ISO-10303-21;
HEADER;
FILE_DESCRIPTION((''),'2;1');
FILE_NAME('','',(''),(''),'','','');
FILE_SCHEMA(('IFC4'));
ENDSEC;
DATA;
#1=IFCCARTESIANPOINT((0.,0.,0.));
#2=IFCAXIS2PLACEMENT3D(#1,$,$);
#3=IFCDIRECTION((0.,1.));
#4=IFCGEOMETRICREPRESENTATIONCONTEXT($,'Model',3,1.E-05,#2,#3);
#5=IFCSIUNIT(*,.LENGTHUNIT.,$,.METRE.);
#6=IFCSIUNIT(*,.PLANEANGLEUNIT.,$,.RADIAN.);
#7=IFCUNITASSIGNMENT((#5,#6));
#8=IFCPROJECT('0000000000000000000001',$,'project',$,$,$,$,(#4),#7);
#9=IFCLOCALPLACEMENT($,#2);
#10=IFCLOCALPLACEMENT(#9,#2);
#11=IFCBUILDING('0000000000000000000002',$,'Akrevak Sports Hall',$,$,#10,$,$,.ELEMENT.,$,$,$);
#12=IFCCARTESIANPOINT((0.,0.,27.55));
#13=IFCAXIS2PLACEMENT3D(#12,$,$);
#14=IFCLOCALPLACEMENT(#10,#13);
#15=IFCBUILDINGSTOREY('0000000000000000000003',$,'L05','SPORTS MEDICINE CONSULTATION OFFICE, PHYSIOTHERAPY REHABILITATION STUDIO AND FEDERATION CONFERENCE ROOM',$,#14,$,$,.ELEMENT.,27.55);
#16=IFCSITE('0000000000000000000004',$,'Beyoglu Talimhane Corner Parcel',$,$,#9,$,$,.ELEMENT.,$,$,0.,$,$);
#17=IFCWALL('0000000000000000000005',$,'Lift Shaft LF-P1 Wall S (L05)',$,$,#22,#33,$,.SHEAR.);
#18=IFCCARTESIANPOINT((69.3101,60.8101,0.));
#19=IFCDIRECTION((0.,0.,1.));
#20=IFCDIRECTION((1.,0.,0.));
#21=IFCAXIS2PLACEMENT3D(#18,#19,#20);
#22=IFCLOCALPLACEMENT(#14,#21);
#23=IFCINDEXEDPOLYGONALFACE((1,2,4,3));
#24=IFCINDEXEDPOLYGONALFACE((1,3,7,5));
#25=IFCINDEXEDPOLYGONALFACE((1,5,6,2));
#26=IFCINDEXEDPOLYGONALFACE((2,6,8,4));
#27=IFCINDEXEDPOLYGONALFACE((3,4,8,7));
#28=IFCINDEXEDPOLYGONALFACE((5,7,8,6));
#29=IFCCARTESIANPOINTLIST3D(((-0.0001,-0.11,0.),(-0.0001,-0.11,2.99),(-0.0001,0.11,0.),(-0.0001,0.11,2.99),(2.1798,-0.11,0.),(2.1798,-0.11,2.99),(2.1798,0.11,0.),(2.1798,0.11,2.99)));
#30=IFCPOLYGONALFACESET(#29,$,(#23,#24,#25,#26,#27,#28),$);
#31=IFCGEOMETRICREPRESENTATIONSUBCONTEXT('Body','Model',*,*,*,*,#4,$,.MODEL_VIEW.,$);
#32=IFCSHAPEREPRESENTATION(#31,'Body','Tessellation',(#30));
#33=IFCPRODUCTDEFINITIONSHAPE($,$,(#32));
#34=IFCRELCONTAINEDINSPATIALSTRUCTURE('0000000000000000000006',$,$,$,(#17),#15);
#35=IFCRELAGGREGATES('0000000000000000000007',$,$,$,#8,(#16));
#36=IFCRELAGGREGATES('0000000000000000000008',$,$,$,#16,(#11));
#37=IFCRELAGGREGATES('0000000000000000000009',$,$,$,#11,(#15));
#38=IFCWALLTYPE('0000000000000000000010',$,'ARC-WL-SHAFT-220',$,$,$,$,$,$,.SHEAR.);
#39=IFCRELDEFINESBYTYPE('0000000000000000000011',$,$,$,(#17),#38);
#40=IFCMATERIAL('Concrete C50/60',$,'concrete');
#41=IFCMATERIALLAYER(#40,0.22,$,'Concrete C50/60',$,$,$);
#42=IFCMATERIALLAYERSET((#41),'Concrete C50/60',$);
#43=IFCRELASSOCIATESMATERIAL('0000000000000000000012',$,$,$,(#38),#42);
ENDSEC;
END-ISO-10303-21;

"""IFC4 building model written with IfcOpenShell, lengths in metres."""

from ifc_helpers import new_model, si_unit, direction, frame, frame_2d, origin, place, context, subcontext, project, spatial, rectangle, extrude, material, layer, layer_set, type_object, element, save


model = new_model("IFC4")

# Units and contexts
model_context = context("Model", 3, precision=1e-05, world=origin(), true_north=direction((0.0, 1.0)))
body_context = subcontext(model_context, "Body", "Model", "MODEL_VIEW")
ifc_project = project(units=[si_unit("LENGTHUNIT", "METRE"), si_unit("PLANEANGLEUNIT", "RADIAN")], contexts=[model_context])

# Site, building, storey
site_placement = place(None, origin())
site = spatial("IfcSite", under=ifc_project, at=site_placement, Name="Beyoglu Talimhane Corner Parcel", CompositionType="ELEMENT", RefElevation=0.0)
building_placement = place(site_placement, origin())
building = spatial("IfcBuilding", under=site, at=building_placement, Name="Akrevak Sports Hall", CompositionType="ELEMENT")
storey_placement = place(building_placement, frame((0.0, 0.0, 27.55)))
storey = spatial("IfcBuildingStorey", under=building, at=storey_placement, Name="L05", Description="SPORTS MEDICINE CONSULTATION OFFICE, PHYSIOTHERAPY REHABILITATION STUDIO AND FEDERATION CONFERENCE ROOM", CompositionType="ELEMENT", Elevation=27.55)

# Shared definitions
ifc_material_1 = material(Name="Concrete C50/60", Category="concrete")

# Wall
ifc_layer_1 = layer(ifc_material_1, 0.22, Name="Concrete C50/60")
ifc_layer_set_1 = layer_set([ifc_layer_1], Name="Concrete C50/60")
wall_type_1 = type_object("IfcWallType", Name="ARC-WL-SHAFT-220", PredefinedType="SHEAR", material=ifc_layer_set_1)
wall_1_placement = place(storey_placement, frame((69.3101, 60.8101, 0.0), z_axis=(0.0, 0.0, 1.0), x_axis=(1.0, 0.0, 0.0)))
element("IfcWall", 1, at=wall_1_placement, inside=storey, type_object=wall_type_1, Name="Lift Shaft LF-P1 Wall S (L05)", PredefinedType="SHEAR", context=body_context, shape_type="SweptSolid", body=[
    extrude(rectangle(XDim=2.1799, YDim=0.22, at=frame_2d((1.0898, 0.0))), origin(), (0.0, 0.0, 1.0), 2.99),
])

save(model, "model.ifc")
